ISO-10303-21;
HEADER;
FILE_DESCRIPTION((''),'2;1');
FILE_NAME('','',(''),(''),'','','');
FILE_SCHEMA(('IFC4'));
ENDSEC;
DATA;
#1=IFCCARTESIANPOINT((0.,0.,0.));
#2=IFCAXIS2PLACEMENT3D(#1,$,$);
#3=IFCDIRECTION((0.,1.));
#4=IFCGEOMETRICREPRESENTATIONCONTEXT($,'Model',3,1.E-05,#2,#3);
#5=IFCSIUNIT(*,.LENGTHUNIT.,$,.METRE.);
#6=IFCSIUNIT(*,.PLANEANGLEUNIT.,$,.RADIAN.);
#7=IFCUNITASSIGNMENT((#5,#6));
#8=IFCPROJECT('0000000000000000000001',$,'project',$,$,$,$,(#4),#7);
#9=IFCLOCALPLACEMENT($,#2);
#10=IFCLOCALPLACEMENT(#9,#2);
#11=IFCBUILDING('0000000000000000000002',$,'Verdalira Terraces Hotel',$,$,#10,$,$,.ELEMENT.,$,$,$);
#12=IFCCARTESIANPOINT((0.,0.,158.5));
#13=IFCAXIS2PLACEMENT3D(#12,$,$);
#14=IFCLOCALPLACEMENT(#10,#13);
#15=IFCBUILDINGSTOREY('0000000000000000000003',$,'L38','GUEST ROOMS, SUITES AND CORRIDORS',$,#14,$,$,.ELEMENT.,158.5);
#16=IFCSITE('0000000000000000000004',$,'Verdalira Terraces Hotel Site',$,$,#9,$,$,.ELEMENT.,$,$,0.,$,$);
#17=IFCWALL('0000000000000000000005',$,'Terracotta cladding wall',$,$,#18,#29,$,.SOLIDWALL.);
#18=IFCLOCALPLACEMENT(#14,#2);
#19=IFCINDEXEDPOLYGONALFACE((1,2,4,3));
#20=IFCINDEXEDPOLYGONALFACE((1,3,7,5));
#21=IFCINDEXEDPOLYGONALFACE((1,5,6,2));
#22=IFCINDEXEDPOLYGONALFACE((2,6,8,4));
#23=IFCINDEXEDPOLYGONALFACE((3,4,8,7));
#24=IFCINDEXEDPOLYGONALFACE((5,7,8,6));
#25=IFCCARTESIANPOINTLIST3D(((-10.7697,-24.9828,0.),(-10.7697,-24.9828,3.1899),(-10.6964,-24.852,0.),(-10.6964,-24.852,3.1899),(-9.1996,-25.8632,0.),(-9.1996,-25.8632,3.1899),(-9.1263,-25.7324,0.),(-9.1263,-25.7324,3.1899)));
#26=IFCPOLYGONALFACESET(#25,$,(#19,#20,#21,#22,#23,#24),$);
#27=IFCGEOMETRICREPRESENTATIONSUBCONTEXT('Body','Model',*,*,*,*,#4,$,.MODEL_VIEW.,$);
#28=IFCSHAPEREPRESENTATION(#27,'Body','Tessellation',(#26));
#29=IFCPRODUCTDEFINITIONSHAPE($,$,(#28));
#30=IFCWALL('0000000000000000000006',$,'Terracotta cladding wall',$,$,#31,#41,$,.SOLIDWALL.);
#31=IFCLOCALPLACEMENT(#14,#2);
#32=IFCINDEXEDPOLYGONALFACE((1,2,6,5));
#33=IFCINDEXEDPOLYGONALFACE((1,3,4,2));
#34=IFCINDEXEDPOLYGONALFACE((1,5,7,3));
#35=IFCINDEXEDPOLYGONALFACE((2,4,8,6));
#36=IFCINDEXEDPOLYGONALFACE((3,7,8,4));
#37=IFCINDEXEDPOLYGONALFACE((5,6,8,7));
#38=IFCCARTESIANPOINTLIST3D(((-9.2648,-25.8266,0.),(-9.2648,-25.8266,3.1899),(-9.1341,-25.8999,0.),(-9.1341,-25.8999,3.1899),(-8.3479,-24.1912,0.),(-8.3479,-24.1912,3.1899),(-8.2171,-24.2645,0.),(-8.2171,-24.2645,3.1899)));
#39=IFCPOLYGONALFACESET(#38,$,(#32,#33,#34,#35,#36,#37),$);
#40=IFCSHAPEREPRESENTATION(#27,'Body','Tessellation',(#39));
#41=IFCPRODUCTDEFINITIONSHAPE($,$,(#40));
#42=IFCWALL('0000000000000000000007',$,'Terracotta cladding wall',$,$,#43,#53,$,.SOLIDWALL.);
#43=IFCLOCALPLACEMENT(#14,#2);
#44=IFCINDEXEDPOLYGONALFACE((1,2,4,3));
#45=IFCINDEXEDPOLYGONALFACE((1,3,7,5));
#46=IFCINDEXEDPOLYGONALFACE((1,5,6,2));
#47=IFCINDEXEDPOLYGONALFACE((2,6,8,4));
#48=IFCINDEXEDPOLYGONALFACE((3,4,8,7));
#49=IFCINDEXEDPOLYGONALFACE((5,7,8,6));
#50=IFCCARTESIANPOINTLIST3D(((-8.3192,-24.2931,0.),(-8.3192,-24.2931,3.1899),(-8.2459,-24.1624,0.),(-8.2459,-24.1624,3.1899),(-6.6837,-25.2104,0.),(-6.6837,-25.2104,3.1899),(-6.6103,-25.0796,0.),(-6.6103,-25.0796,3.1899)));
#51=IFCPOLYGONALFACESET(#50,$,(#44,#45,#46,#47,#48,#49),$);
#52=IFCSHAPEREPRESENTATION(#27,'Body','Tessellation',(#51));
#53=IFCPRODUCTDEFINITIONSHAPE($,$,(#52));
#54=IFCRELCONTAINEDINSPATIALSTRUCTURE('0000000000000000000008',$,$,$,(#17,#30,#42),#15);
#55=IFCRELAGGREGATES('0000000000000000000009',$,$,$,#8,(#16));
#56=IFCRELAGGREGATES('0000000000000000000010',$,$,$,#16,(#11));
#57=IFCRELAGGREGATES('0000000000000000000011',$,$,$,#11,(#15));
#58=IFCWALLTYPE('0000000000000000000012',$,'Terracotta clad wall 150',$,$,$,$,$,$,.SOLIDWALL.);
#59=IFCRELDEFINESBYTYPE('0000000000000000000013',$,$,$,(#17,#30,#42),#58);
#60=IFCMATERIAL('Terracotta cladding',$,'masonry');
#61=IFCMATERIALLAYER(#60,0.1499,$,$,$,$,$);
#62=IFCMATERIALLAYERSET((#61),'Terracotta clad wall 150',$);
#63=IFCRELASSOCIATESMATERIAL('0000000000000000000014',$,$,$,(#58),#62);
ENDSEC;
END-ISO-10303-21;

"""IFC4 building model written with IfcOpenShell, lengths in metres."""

from ifc_helpers import new_model, si_unit, direction, frame, frame_2d, origin, place, context, subcontext, project, spatial, rectangle, extrude, material, layer, layer_set, type_object, element, save


model = new_model("IFC4")

# Units and contexts
model_context = context("Model", 3, precision=1e-05, world=origin(), true_north=direction((0.0, 1.0)))
body_context = subcontext(model_context, "Body", "Model", "MODEL_VIEW")
ifc_project = project(units=[si_unit("LENGTHUNIT", "METRE"), si_unit("PLANEANGLEUNIT", "RADIAN")], contexts=[model_context])

# Site, building, storey
site_placement = place(None, origin())
site = spatial("IfcSite", under=ifc_project, at=site_placement, Name="Verdalira Terraces Hotel Site", CompositionType="ELEMENT", RefElevation=0.0)
building_placement = place(site_placement, origin())
building = spatial("IfcBuilding", under=site, at=building_placement, Name="Verdalira Terraces Hotel", CompositionType="ELEMENT")
storey_placement = place(building_placement, frame((0.0, 0.0, 158.5)))
storey = spatial("IfcBuildingStorey", under=building, at=storey_placement, Name="L38", Description="GUEST ROOMS, SUITES AND CORRIDORS", CompositionType="ELEMENT", Elevation=158.5)

# Walls
ifc_material_1 = material(Name="Terracotta cladding", Category="masonry")
ifc_layer_1 = layer(ifc_material_1, 0.1499)
ifc_layer_set_1 = layer_set([ifc_layer_1], Name="Terracotta clad wall 150")
wall_type_1 = type_object("IfcWallType", Name="Terracotta clad wall 150", PredefinedType="SOLIDWALL", material=ifc_layer_set_1)
wall_1_placement = place(storey_placement, frame((-10.7329, -24.9175, 0.0), z_axis=(0.0, 0.0, 1.0), x_axis=(0.872238, -0.489082, 0.0)))
element("IfcWall", 1, at=wall_1_placement, inside=storey, type_object=wall_type_1, Name="Terracotta cladding wall", PredefinedType="SOLIDWALL", context=body_context, shape_type="SweptSolid", body=[
    extrude(rectangle(XDim=1.8, YDim=0.1499, at=frame_2d((0.8999, 0.0))), origin(), (0.0, 0.0, 1.0), 3.1899),
])
wall_2_placement = place(storey_placement, frame((-9.1995, -25.8633, 0.0), z_axis=(0.0, 0.0, 1.0), x_axis=(0.489055, 0.872253, 0.0)))
element("IfcWall", 2, at=wall_2_placement, inside=storey, type_object=wall_type_1, Name="Terracotta cladding wall", PredefinedType="SOLIDWALL", context=body_context, shape_type="SweptSolid", body=[
    extrude(rectangle(XDim=1.875, YDim=0.1499, at=frame_2d((0.9375, 0.0))), origin(), (0.0, 0.0, 1.0), 3.1899),
])
wall_3_placement = place(storey_placement, frame((-8.2825, -24.2278, 0.0), z_axis=(0.0, 0.0, 1.0), x_axis=(0.872197, -0.489154, 0.0)))
element("IfcWall", 3, at=wall_3_placement, inside=storey, type_object=wall_type_1, Name="Terracotta cladding wall", PredefinedType="SOLIDWALL", context=body_context, shape_type="SweptSolid", body=[
    extrude(rectangle(XDim=1.8752, YDim=0.1499, at=frame_2d((0.9375, 0.0))), origin(), (0.0, 0.0, 1.0), 3.1899),
])

save(model, "model.ifc")
